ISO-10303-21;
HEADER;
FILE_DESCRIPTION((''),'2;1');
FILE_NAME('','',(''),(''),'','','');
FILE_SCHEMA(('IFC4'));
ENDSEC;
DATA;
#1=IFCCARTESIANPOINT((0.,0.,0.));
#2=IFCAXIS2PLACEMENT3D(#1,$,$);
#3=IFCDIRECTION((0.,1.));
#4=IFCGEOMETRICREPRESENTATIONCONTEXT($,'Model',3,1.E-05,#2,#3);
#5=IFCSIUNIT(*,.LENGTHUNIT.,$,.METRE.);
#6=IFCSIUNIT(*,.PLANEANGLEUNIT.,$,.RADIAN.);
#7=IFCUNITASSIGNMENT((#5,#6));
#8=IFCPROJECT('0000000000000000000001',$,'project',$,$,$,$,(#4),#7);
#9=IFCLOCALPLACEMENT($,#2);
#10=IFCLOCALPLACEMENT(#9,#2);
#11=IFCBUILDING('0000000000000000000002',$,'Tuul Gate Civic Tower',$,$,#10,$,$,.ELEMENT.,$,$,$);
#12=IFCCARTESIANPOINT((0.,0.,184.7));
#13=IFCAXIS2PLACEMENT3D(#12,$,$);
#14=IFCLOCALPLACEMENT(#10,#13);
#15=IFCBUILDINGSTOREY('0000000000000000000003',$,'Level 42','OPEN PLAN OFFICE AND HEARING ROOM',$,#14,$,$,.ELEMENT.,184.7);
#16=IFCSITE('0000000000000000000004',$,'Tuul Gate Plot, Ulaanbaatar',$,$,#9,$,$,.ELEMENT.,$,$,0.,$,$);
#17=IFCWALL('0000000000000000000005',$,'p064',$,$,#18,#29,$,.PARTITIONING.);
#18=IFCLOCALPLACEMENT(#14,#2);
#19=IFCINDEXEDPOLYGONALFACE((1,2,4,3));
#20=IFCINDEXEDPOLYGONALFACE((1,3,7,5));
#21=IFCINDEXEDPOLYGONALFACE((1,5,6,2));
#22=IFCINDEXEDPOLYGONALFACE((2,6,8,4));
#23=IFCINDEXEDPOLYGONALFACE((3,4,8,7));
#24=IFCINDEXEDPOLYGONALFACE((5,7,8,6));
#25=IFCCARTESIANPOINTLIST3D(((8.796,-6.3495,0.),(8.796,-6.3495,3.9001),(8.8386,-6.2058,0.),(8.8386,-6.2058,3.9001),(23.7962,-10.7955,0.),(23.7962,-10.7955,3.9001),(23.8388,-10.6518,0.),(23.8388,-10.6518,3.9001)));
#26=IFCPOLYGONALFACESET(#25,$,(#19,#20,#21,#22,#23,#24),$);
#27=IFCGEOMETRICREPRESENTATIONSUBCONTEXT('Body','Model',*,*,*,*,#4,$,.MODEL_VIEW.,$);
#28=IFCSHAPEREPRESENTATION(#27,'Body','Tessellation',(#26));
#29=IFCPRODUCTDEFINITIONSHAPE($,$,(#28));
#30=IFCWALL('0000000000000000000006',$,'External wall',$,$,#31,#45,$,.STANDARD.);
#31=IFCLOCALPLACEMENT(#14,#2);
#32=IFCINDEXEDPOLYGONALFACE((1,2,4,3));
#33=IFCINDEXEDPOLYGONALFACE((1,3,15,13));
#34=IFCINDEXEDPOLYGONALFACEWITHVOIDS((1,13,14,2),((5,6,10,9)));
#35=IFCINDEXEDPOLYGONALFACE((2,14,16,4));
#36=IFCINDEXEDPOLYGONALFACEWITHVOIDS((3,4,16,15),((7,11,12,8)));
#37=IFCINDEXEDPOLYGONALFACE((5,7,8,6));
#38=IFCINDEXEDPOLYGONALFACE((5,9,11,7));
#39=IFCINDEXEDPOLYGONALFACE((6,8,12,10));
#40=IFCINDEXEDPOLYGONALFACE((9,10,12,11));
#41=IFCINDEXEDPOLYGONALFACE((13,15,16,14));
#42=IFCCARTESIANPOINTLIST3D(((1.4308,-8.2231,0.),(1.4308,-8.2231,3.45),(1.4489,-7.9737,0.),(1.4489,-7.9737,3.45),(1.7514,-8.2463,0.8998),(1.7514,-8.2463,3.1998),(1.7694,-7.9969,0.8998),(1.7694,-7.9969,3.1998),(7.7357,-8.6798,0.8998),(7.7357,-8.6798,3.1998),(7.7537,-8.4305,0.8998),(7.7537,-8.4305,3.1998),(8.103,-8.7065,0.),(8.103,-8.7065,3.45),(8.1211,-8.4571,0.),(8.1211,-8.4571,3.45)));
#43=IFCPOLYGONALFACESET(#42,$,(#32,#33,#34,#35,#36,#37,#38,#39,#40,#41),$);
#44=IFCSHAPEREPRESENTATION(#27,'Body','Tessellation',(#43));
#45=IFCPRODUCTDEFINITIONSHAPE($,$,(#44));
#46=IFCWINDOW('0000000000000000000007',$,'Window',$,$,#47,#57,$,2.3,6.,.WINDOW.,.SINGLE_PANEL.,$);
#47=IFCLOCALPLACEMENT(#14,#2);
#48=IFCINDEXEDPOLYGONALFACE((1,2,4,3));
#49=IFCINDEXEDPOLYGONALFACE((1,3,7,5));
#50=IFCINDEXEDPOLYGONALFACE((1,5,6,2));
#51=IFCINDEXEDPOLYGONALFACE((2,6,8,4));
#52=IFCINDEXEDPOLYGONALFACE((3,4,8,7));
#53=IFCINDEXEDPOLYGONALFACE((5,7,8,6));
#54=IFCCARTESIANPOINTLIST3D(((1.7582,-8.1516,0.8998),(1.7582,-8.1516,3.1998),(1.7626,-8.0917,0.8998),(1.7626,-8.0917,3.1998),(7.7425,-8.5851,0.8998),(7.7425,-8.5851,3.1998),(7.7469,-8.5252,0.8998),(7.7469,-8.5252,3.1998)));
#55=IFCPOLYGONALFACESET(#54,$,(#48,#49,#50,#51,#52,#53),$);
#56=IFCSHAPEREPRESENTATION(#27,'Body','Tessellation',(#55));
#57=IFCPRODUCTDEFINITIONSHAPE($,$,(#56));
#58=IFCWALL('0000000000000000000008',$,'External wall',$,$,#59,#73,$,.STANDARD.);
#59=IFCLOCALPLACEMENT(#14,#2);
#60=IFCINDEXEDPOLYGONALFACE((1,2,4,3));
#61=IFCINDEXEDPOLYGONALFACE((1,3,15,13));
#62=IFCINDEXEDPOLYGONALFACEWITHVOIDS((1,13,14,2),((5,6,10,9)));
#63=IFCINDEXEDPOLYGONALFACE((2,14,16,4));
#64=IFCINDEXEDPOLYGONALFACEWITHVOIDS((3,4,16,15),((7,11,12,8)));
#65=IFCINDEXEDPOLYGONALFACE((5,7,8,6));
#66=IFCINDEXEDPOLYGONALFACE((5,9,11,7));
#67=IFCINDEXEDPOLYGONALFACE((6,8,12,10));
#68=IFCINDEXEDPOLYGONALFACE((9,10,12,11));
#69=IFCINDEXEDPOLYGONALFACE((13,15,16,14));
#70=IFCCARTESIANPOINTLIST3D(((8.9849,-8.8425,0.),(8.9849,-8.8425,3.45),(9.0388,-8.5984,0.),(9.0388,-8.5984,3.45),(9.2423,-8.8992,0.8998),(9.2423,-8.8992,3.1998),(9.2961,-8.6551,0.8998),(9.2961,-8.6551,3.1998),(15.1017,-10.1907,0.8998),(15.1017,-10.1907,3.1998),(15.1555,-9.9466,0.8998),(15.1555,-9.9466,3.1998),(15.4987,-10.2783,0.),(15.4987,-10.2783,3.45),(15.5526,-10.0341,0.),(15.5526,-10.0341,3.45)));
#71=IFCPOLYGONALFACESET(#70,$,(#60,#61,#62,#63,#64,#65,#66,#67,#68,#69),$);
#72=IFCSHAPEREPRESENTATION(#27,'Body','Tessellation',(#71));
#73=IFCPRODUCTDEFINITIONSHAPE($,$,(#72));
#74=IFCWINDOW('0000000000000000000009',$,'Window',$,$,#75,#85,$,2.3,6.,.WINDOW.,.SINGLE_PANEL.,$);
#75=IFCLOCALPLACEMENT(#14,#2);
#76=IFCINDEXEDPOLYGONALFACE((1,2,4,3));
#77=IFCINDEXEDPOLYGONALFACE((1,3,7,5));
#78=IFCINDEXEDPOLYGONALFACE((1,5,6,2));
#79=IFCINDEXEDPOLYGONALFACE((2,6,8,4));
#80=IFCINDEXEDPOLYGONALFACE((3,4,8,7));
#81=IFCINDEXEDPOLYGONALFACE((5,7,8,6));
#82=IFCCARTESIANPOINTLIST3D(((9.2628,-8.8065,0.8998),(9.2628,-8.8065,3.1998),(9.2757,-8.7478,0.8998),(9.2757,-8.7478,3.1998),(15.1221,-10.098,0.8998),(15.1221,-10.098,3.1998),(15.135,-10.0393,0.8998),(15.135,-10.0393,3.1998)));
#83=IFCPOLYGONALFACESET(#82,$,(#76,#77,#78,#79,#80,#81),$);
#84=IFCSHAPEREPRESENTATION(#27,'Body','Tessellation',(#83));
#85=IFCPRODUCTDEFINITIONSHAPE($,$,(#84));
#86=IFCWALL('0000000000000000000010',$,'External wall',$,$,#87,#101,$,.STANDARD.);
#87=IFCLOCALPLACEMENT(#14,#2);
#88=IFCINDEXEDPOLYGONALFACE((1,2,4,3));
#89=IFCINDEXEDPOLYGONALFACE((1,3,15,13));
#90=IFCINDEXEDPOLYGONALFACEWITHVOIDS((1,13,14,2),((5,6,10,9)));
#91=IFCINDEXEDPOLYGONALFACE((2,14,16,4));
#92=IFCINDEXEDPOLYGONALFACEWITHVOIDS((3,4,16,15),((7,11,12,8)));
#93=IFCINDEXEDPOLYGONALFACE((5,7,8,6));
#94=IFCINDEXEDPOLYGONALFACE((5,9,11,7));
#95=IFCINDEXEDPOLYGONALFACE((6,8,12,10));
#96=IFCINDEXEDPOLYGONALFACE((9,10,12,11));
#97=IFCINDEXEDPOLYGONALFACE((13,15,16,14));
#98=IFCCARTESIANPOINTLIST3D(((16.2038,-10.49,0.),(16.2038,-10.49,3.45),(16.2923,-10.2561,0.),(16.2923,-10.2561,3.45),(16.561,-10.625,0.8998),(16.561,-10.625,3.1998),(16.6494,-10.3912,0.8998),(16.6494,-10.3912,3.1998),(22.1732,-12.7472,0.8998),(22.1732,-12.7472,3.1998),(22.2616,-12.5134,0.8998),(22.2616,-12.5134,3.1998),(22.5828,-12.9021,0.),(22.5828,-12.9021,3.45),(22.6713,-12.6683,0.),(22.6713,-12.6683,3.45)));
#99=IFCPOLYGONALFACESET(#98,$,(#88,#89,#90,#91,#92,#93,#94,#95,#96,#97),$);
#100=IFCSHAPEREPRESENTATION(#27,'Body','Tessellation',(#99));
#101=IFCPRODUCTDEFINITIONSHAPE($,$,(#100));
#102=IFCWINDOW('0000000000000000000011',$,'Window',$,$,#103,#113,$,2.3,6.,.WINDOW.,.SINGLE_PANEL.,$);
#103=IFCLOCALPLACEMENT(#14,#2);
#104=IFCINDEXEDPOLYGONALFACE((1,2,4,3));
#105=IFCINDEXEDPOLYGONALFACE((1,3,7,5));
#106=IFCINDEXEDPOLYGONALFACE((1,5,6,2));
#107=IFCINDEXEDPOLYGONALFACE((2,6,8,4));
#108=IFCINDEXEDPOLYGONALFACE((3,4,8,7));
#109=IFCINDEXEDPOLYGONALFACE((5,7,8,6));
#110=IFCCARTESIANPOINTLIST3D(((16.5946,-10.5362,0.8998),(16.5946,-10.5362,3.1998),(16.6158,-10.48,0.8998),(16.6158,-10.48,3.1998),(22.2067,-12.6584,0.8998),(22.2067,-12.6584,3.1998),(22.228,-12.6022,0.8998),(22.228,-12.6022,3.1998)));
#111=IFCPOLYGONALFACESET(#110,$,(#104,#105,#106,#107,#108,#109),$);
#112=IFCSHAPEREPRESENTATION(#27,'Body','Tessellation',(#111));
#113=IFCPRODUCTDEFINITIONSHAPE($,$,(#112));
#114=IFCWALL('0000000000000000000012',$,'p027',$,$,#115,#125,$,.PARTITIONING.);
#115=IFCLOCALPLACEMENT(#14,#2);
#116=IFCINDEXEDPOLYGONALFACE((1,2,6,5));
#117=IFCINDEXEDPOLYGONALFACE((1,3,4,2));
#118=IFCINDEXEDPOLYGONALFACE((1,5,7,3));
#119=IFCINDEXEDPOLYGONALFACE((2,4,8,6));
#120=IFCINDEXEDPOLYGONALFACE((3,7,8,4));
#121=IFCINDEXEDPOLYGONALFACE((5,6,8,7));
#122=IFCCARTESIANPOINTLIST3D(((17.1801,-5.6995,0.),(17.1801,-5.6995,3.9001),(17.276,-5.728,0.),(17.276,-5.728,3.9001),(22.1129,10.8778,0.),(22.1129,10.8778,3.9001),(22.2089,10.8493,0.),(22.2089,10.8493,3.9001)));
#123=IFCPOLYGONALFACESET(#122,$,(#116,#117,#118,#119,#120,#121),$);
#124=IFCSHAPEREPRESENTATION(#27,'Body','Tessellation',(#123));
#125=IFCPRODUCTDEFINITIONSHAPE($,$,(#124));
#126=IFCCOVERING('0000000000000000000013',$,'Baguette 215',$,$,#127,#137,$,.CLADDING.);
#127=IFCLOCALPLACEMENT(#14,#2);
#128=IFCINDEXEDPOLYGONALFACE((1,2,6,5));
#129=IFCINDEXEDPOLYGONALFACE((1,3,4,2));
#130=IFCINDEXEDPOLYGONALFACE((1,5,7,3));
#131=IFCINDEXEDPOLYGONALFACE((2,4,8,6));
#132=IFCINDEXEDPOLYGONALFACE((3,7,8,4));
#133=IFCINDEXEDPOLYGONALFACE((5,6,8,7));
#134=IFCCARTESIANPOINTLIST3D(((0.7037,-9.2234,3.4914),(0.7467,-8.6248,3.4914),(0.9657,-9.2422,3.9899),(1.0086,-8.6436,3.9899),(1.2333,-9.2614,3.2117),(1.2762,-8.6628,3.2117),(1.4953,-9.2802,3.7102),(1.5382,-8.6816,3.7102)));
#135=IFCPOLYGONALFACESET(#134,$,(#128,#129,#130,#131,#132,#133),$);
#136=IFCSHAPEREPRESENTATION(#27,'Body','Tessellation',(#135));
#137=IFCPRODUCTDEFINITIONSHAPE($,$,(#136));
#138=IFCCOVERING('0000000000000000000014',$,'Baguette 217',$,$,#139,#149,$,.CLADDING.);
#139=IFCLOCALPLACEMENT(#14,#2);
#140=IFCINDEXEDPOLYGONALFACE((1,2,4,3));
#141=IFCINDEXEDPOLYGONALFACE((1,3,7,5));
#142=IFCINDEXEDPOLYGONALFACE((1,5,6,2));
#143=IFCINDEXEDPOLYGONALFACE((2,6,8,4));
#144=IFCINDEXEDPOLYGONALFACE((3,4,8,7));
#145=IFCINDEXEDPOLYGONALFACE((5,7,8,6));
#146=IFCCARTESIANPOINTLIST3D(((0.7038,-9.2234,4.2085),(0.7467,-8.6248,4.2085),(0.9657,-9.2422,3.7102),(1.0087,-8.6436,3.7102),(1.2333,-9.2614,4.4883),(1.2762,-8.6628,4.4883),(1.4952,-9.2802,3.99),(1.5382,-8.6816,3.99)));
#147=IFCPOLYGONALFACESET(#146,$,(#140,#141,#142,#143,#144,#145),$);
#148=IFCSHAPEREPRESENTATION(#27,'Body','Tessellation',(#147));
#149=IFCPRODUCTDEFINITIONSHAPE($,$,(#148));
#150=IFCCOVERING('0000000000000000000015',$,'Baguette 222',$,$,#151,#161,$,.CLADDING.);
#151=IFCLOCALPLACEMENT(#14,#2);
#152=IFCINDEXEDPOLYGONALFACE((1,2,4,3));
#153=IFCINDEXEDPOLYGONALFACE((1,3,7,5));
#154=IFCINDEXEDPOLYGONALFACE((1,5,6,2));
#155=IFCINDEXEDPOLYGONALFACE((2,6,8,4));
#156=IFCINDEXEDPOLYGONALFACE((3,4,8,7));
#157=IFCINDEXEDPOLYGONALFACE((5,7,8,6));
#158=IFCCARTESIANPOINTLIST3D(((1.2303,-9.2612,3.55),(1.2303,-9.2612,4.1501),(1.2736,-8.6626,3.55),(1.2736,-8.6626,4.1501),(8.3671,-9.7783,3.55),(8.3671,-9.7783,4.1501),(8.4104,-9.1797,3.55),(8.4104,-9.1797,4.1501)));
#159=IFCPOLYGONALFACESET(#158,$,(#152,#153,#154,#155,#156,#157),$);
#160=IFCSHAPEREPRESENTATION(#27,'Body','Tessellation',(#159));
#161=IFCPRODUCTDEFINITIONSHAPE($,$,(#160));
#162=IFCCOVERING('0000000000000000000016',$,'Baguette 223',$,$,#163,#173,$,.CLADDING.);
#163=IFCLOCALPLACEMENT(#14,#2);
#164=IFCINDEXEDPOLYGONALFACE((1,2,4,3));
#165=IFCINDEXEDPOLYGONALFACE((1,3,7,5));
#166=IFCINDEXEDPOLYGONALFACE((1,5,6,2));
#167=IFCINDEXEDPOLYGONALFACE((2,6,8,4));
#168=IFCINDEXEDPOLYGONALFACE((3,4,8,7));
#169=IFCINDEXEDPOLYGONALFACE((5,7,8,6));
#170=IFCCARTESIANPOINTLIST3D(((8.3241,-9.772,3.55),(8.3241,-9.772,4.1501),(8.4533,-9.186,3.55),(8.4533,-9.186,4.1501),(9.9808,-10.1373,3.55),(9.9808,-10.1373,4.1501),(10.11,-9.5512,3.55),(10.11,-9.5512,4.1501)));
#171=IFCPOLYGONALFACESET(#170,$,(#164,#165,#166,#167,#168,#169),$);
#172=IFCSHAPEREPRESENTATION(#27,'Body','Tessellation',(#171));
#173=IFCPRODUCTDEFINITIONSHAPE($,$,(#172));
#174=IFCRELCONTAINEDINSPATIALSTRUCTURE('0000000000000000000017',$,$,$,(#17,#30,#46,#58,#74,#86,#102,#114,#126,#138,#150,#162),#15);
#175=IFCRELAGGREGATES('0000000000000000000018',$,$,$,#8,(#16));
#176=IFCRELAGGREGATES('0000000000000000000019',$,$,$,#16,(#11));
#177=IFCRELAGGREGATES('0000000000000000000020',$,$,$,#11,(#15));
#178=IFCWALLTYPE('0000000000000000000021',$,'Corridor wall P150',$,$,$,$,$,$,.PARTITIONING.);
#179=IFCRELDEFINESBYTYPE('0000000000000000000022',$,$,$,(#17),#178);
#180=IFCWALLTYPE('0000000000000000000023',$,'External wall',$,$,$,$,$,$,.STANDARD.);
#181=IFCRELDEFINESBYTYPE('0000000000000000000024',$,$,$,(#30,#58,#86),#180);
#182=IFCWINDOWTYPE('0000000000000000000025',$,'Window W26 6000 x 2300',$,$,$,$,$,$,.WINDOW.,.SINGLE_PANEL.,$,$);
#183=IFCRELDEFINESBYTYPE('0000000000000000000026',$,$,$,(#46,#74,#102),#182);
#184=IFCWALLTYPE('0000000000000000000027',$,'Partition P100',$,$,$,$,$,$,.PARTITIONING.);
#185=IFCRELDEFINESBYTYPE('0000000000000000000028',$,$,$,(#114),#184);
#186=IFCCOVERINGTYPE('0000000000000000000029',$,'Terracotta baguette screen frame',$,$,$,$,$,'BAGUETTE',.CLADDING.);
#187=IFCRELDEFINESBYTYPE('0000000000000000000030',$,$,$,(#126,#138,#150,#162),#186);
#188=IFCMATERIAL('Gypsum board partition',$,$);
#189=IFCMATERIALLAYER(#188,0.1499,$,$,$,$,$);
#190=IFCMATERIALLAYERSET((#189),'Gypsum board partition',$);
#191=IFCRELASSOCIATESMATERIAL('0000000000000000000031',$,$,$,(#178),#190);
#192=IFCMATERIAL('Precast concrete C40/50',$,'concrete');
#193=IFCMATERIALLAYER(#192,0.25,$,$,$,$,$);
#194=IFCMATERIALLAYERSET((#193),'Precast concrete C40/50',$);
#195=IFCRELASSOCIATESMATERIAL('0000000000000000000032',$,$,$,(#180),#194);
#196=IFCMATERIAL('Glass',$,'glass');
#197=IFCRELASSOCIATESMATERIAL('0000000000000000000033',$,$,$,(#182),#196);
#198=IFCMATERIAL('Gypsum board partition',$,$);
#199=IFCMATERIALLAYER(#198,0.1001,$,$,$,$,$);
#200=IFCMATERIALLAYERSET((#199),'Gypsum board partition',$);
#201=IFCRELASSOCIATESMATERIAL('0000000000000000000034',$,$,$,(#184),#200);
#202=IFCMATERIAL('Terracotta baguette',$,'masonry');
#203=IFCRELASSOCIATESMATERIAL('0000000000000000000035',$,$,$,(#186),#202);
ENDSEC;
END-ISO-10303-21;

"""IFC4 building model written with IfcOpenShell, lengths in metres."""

from ifc_helpers import new_model, si_unit, direction, frame, frame_2d, origin, origin_2d, place, context, subcontext, project, spatial, rectangle, extrude, material, layer, layer_set, material_profile, profile_set, type_object, element, fill, save


model = new_model("IFC4")

# Units and contexts
model_context = context("Model", 3, precision=1e-05, world=origin(), true_north=direction((0.0, 1.0)))
body_context = subcontext(model_context, "Body", "Model", "MODEL_VIEW")
ifc_project = project(units=[si_unit("LENGTHUNIT", "METRE"), si_unit("PLANEANGLEUNIT", "RADIAN")], contexts=[model_context])

# Site, building, storey
site_placement = place(None, origin())
site = spatial("IfcSite", under=ifc_project, at=site_placement, Name="Tuul Gate Plot, Ulaanbaatar", CompositionType="ELEMENT", RefElevation=0.0)
building_placement = place(site_placement, origin())
building = spatial("IfcBuilding", under=site, at=building_placement, Name="Tuul Gate Civic Tower", CompositionType="ELEMENT")
storey_placement = place(building_placement, frame((0.0, 0.0, 184.7)))
storey = spatial("IfcBuildingStorey", under=building, at=storey_placement, Name="Level 42", Description="OPEN PLAN OFFICE AND HEARING ROOM", CompositionType="ELEMENT", Elevation=184.7)

# Wall
ifc_material_1 = material(Name="Gypsum board partition")
ifc_layer_1 = layer(ifc_material_1, 0.1499)
ifc_layer_set_1 = layer_set([ifc_layer_1], Name="Gypsum board partition")
wall_type_1 = type_object("IfcWallType", Name="Corridor wall P150", PredefinedType="PARTITIONING", material=ifc_layer_set_1)
wall_1_placement = place(storey_placement, frame((8.8171, -6.2776, 0.0), z_axis=(0.0, 0.0, 1.0), x_axis=(0.958772, -0.284178, 0.0)))
element("IfcWall", 1, at=wall_1_placement, inside=storey, type_object=wall_type_1, Name="p064", PredefinedType="PARTITIONING", context=body_context, shape_type="SweptSolid", body=[
    extrude(rectangle(XDim=15.6453, YDim=0.1499, at=frame_2d((7.8228, 0.0))), origin(), (0.0, 0.0, 1.0), 3.9001),
])

# Walls, openings, windows
ifc_material_2 = material(Name="Precast concrete C40/50", Category="concrete")
ifc_layer_2 = layer(ifc_material_2, 0.25)
ifc_layer_set_2 = layer_set([ifc_layer_2], Name="Precast concrete C40/50")
wall_type_2 = type_object("IfcWallType", Name="External wall", PredefinedType="STANDARD", material=ifc_layer_set_2)
wall_2_placement = place(storey_placement, frame((1.4399, -8.0984, 0.0), z_axis=(0.0, 0.0, 1.0), x_axis=(0.997386, -0.072261, 0.0)))
wall_2 = element("IfcWall", 2, at=wall_2_placement, inside=storey, type_object=wall_type_2, Name="External wall", PredefinedType="STANDARD", context=body_context, shape_type="SweptSolid", body=[
    extrude(rectangle(XDim=6.6897, YDim=0.25, at=frame_2d((3.3447, 0.0))), origin(), (0.0, 0.0, 1.0), 3.45),
])
opening_1_placement = place(wall_2_placement, frame((0.3213, 0.0, 0.8999)))
opening_1 = element("IfcOpeningElement", 3, at=opening_1_placement, cuts=wall_2, PredefinedType="OPENING", context=body_context, shape_type="SweptSolid", body=[
    extrude(rectangle(XDim=6.0, YDim=2.3, at=frame_2d((3.0, 1.1499))), frame((0.0, 0.135, 0.0), z_axis=(0.0, -1.0, 0.0), x_axis=(1.0, 0.0, 0.0)), (0.0, 0.0, 1.0), 0.27),
])
ifc_material_3 = material(Name="Glass", Category="glass")
window_type = type_object("IfcWindowType", Name="Window W26 6000 x 2300", PartitioningType="SINGLE_PANEL", PredefinedType="WINDOW", material=ifc_material_3)
window_1_placement = place(opening_1_placement, origin())
window_1 = element("IfcWindow", 4, at=window_1_placement, inside=storey, type_object=window_type, Name="Window", OverallHeight=2.3, OverallWidth=6.0, PartitioningType="SINGLE_PANEL", PredefinedType="WINDOW", context=body_context, shape_type="SweptSolid", body=[
    extrude(rectangle(XDim=6.0, YDim=2.3, at=frame_2d((3.0, 1.1499))), frame((0.0, 0.03, 0.0), z_axis=(0.0, -1.0, 0.0), x_axis=(1.0, 0.0, 0.0)), (0.0, 0.0, 1.0), 0.0601),
])
fill(opening_1, window_1)
wall_3_placement = place(storey_placement, frame((9.012, -8.7205, 0.0), z_axis=(0.0, 0.0, 1.0), x_axis=(0.976559, -0.215252, 0.0)))
wall_3 = element("IfcWall", 5, at=wall_3_placement, inside=storey, type_object=wall_type_2, Name="External wall", PredefinedType="STANDARD", context=body_context, shape_type="SweptSolid", body=[
    extrude(rectangle(XDim=6.6702, YDim=0.25, at=frame_2d((3.335, 0.0))), origin(), (0.0, 0.0, 1.0), 3.45),
])
opening_2_placement = place(wall_3_placement, frame((0.2634, 0.0, 0.8999)))
opening_2 = element("IfcOpeningElement", 6, at=opening_2_placement, cuts=wall_3, PredefinedType="OPENING", context=body_context, shape_type="SweptSolid", body=[
    extrude(rectangle(XDim=6.0, YDim=2.3, at=frame_2d((3.0, 1.1499))), frame((0.0, 0.135, 0.0), z_axis=(0.0, -1.0, 0.0), x_axis=(1.0, 0.0, 0.0)), (0.0, 0.0, 1.0), 0.27),
])
window_2_placement = place(opening_2_placement, origin())
window_2 = element("IfcWindow", 7, at=window_2_placement, inside=storey, type_object=window_type, Name="Window", OverallHeight=2.3, OverallWidth=6.0, PartitioningType="SINGLE_PANEL", PredefinedType="WINDOW", context=body_context, shape_type="SweptSolid", body=[
    extrude(rectangle(XDim=6.0, YDim=2.3, at=frame_2d((3.0, 1.1499))), frame((0.0, 0.03, 0.0), z_axis=(0.0, -1.0, 0.0), x_axis=(1.0, 0.0, 0.0)), (0.0, 0.0, 1.0), 0.0601),
])
fill(opening_2, window_2)
wall_4_placement = place(storey_placement, frame((16.248, -10.373, 0.0), z_axis=(0.0, 0.0, 1.0), x_axis=(0.935361, -0.353696, 0.0)))
wall_4 = element("IfcWall", 8, at=wall_4_placement, inside=storey, type_object=wall_type_2, Name="External wall", PredefinedType="STANDARD", context=body_context, shape_type="SweptSolid", body=[
    extrude(rectangle(XDim=6.8198, YDim=0.25, at=frame_2d((3.4099, 0.0))), origin(), (0.0, 0.0, 1.0), 3.45),
])
opening_3_placement = place(wall_4_placement, frame((0.3818, 0.0, 0.8999)))
opening_3 = element("IfcOpeningElement", 9, at=opening_3_placement, cuts=wall_4, PredefinedType="OPENING", context=body_context, shape_type="SweptSolid", body=[
    extrude(rectangle(XDim=6.0, YDim=2.3, at=frame_2d((3.0, 1.1499))), frame((0.0, 0.135, 0.0), z_axis=(0.0, -1.0, 0.0), x_axis=(1.0, 0.0, 0.0)), (0.0, 0.0, 1.0), 0.27),
])
window_3_placement = place(opening_3_placement, origin())
window_3 = element("IfcWindow", 10, at=window_3_placement, inside=storey, type_object=window_type, Name="Window", OverallHeight=2.3, OverallWidth=6.0, PartitioningType="SINGLE_PANEL", PredefinedType="WINDOW", context=body_context, shape_type="SweptSolid", body=[
    extrude(rectangle(XDim=6.0, YDim=2.3, at=frame_2d((3.0, 1.1499))), frame((0.0, 0.03, 0.0), z_axis=(0.0, -1.0, 0.0), x_axis=(1.0, 0.0, 0.0)), (0.0, 0.0, 1.0), 0.0601),
])
fill(opening_3, window_3)

# Wall
ifc_material_4 = material(Name="Gypsum board partition")
ifc_layer_3 = layer(ifc_material_4, 0.1001)
ifc_layer_set_3 = layer_set([ifc_layer_3], Name="Gypsum board partition")
wall_type_3 = type_object("IfcWallType", Name="Partition P100", PredefinedType="PARTITIONING", material=ifc_layer_set_3)
wall_5_placement = place(storey_placement, frame((17.228, -5.7139, 0.0), z_axis=(0.0, 0.0, 1.0), x_axis=(0.285207, 0.958466, 0.0)))
element("IfcWall", 11, at=wall_5_placement, inside=storey, type_object=wall_type_3, Name="p027", PredefinedType="PARTITIONING", context=body_context, shape_type="SweptSolid", body=[
    extrude(rectangle(XDim=17.2957, YDim=0.1001, at=frame_2d((8.6479, 0.0))), origin(), (0.0, 0.0, 1.0), 3.9001),
])

# Coverings
ifc_material_5 = material(Name="Terracotta baguette", Category="masonry")
ifc_material_profile_1 = material_profile(ifc_material_5, rectangle(XDim=0.6001, YDim=0.6001, at=origin_2d()), Name="Terracotta baguette screen frame")
ifc_profile_set_1 = profile_set([ifc_material_profile_1], Name="Terracotta baguette")
covering_type = type_object("IfcCoveringType", Name="Terracotta baguette screen frame", ElementType="BAGUETTE", PredefinedType="CLADDING", material=ifc_profile_set_1)
covering_1_placement = place(storey_placement, frame((0.99, -8.9431, 3.3516), z_axis=(0.464898, -0.033362, 0.884736), x_axis=(0.071577, 0.997435, 0.0)))
element("IfcCovering", 12, at=covering_1_placement, inside=storey, type_object=covering_type, Name="Baguette 215", PredefinedType="CLADDING", context=body_context, shape_type="SweptSolid", body=[
    extrude(rectangle(XDim=0.6001, YDim=0.6001, at=origin_2d()), origin(), (0.0, 0.0, 1.0), 0.5635),
])
covering_2_placement = place(storey_placement, frame((0.99, -8.9431, 4.3484), z_axis=(0.465076, -0.033375, -0.884641), x_axis=(0.071577, 0.997435, 0.0)))
element("IfcCovering", 13, at=covering_2_placement, inside=storey, type_object=covering_type, Name="Baguette 217", PredefinedType="CLADDING", context=body_context, shape_type="SweptSolid", body=[
    extrude(rectangle(XDim=0.6001, YDim=0.6001, at=origin_2d()), origin(), (0.0, 0.0, 1.0), 0.5632),
])
covering_3_placement = place(storey_placement, frame((1.252, -8.9619, 3.8501), z_axis=(0.997385, -0.072265, 0.0), x_axis=(0.072265, 0.997385, 0.0)))
element("IfcCovering", 14, at=covering_3_placement, inside=storey, type_object=covering_type, Name="Baguette 222", PredefinedType="CLADDING", context=body_context, shape_type="SweptSolid", body=[
    extrude(rectangle(XDim=0.6001, YDim=0.6001, at=origin_2d()), origin(), (0.0, 0.0, 1.0), 7.1555),
])
covering_4_placement = place(storey_placement, frame((8.3887, -9.479, 3.8501), z_axis=(0.976551, -0.215285, 0.0), x_axis=(0.215285, 0.976551, 0.0)))
element("IfcCovering", 15, at=covering_4_placement, inside=storey, type_object=covering_type, Name="Baguette 223", PredefinedType="CLADDING", context=body_context, shape_type="SweptSolid", body=[
    extrude(rectangle(XDim=0.6001, YDim=0.6001, at=origin_2d()), origin(), (0.0, 0.0, 1.0), 1.6965),
])

save(model, "model.ifc")
